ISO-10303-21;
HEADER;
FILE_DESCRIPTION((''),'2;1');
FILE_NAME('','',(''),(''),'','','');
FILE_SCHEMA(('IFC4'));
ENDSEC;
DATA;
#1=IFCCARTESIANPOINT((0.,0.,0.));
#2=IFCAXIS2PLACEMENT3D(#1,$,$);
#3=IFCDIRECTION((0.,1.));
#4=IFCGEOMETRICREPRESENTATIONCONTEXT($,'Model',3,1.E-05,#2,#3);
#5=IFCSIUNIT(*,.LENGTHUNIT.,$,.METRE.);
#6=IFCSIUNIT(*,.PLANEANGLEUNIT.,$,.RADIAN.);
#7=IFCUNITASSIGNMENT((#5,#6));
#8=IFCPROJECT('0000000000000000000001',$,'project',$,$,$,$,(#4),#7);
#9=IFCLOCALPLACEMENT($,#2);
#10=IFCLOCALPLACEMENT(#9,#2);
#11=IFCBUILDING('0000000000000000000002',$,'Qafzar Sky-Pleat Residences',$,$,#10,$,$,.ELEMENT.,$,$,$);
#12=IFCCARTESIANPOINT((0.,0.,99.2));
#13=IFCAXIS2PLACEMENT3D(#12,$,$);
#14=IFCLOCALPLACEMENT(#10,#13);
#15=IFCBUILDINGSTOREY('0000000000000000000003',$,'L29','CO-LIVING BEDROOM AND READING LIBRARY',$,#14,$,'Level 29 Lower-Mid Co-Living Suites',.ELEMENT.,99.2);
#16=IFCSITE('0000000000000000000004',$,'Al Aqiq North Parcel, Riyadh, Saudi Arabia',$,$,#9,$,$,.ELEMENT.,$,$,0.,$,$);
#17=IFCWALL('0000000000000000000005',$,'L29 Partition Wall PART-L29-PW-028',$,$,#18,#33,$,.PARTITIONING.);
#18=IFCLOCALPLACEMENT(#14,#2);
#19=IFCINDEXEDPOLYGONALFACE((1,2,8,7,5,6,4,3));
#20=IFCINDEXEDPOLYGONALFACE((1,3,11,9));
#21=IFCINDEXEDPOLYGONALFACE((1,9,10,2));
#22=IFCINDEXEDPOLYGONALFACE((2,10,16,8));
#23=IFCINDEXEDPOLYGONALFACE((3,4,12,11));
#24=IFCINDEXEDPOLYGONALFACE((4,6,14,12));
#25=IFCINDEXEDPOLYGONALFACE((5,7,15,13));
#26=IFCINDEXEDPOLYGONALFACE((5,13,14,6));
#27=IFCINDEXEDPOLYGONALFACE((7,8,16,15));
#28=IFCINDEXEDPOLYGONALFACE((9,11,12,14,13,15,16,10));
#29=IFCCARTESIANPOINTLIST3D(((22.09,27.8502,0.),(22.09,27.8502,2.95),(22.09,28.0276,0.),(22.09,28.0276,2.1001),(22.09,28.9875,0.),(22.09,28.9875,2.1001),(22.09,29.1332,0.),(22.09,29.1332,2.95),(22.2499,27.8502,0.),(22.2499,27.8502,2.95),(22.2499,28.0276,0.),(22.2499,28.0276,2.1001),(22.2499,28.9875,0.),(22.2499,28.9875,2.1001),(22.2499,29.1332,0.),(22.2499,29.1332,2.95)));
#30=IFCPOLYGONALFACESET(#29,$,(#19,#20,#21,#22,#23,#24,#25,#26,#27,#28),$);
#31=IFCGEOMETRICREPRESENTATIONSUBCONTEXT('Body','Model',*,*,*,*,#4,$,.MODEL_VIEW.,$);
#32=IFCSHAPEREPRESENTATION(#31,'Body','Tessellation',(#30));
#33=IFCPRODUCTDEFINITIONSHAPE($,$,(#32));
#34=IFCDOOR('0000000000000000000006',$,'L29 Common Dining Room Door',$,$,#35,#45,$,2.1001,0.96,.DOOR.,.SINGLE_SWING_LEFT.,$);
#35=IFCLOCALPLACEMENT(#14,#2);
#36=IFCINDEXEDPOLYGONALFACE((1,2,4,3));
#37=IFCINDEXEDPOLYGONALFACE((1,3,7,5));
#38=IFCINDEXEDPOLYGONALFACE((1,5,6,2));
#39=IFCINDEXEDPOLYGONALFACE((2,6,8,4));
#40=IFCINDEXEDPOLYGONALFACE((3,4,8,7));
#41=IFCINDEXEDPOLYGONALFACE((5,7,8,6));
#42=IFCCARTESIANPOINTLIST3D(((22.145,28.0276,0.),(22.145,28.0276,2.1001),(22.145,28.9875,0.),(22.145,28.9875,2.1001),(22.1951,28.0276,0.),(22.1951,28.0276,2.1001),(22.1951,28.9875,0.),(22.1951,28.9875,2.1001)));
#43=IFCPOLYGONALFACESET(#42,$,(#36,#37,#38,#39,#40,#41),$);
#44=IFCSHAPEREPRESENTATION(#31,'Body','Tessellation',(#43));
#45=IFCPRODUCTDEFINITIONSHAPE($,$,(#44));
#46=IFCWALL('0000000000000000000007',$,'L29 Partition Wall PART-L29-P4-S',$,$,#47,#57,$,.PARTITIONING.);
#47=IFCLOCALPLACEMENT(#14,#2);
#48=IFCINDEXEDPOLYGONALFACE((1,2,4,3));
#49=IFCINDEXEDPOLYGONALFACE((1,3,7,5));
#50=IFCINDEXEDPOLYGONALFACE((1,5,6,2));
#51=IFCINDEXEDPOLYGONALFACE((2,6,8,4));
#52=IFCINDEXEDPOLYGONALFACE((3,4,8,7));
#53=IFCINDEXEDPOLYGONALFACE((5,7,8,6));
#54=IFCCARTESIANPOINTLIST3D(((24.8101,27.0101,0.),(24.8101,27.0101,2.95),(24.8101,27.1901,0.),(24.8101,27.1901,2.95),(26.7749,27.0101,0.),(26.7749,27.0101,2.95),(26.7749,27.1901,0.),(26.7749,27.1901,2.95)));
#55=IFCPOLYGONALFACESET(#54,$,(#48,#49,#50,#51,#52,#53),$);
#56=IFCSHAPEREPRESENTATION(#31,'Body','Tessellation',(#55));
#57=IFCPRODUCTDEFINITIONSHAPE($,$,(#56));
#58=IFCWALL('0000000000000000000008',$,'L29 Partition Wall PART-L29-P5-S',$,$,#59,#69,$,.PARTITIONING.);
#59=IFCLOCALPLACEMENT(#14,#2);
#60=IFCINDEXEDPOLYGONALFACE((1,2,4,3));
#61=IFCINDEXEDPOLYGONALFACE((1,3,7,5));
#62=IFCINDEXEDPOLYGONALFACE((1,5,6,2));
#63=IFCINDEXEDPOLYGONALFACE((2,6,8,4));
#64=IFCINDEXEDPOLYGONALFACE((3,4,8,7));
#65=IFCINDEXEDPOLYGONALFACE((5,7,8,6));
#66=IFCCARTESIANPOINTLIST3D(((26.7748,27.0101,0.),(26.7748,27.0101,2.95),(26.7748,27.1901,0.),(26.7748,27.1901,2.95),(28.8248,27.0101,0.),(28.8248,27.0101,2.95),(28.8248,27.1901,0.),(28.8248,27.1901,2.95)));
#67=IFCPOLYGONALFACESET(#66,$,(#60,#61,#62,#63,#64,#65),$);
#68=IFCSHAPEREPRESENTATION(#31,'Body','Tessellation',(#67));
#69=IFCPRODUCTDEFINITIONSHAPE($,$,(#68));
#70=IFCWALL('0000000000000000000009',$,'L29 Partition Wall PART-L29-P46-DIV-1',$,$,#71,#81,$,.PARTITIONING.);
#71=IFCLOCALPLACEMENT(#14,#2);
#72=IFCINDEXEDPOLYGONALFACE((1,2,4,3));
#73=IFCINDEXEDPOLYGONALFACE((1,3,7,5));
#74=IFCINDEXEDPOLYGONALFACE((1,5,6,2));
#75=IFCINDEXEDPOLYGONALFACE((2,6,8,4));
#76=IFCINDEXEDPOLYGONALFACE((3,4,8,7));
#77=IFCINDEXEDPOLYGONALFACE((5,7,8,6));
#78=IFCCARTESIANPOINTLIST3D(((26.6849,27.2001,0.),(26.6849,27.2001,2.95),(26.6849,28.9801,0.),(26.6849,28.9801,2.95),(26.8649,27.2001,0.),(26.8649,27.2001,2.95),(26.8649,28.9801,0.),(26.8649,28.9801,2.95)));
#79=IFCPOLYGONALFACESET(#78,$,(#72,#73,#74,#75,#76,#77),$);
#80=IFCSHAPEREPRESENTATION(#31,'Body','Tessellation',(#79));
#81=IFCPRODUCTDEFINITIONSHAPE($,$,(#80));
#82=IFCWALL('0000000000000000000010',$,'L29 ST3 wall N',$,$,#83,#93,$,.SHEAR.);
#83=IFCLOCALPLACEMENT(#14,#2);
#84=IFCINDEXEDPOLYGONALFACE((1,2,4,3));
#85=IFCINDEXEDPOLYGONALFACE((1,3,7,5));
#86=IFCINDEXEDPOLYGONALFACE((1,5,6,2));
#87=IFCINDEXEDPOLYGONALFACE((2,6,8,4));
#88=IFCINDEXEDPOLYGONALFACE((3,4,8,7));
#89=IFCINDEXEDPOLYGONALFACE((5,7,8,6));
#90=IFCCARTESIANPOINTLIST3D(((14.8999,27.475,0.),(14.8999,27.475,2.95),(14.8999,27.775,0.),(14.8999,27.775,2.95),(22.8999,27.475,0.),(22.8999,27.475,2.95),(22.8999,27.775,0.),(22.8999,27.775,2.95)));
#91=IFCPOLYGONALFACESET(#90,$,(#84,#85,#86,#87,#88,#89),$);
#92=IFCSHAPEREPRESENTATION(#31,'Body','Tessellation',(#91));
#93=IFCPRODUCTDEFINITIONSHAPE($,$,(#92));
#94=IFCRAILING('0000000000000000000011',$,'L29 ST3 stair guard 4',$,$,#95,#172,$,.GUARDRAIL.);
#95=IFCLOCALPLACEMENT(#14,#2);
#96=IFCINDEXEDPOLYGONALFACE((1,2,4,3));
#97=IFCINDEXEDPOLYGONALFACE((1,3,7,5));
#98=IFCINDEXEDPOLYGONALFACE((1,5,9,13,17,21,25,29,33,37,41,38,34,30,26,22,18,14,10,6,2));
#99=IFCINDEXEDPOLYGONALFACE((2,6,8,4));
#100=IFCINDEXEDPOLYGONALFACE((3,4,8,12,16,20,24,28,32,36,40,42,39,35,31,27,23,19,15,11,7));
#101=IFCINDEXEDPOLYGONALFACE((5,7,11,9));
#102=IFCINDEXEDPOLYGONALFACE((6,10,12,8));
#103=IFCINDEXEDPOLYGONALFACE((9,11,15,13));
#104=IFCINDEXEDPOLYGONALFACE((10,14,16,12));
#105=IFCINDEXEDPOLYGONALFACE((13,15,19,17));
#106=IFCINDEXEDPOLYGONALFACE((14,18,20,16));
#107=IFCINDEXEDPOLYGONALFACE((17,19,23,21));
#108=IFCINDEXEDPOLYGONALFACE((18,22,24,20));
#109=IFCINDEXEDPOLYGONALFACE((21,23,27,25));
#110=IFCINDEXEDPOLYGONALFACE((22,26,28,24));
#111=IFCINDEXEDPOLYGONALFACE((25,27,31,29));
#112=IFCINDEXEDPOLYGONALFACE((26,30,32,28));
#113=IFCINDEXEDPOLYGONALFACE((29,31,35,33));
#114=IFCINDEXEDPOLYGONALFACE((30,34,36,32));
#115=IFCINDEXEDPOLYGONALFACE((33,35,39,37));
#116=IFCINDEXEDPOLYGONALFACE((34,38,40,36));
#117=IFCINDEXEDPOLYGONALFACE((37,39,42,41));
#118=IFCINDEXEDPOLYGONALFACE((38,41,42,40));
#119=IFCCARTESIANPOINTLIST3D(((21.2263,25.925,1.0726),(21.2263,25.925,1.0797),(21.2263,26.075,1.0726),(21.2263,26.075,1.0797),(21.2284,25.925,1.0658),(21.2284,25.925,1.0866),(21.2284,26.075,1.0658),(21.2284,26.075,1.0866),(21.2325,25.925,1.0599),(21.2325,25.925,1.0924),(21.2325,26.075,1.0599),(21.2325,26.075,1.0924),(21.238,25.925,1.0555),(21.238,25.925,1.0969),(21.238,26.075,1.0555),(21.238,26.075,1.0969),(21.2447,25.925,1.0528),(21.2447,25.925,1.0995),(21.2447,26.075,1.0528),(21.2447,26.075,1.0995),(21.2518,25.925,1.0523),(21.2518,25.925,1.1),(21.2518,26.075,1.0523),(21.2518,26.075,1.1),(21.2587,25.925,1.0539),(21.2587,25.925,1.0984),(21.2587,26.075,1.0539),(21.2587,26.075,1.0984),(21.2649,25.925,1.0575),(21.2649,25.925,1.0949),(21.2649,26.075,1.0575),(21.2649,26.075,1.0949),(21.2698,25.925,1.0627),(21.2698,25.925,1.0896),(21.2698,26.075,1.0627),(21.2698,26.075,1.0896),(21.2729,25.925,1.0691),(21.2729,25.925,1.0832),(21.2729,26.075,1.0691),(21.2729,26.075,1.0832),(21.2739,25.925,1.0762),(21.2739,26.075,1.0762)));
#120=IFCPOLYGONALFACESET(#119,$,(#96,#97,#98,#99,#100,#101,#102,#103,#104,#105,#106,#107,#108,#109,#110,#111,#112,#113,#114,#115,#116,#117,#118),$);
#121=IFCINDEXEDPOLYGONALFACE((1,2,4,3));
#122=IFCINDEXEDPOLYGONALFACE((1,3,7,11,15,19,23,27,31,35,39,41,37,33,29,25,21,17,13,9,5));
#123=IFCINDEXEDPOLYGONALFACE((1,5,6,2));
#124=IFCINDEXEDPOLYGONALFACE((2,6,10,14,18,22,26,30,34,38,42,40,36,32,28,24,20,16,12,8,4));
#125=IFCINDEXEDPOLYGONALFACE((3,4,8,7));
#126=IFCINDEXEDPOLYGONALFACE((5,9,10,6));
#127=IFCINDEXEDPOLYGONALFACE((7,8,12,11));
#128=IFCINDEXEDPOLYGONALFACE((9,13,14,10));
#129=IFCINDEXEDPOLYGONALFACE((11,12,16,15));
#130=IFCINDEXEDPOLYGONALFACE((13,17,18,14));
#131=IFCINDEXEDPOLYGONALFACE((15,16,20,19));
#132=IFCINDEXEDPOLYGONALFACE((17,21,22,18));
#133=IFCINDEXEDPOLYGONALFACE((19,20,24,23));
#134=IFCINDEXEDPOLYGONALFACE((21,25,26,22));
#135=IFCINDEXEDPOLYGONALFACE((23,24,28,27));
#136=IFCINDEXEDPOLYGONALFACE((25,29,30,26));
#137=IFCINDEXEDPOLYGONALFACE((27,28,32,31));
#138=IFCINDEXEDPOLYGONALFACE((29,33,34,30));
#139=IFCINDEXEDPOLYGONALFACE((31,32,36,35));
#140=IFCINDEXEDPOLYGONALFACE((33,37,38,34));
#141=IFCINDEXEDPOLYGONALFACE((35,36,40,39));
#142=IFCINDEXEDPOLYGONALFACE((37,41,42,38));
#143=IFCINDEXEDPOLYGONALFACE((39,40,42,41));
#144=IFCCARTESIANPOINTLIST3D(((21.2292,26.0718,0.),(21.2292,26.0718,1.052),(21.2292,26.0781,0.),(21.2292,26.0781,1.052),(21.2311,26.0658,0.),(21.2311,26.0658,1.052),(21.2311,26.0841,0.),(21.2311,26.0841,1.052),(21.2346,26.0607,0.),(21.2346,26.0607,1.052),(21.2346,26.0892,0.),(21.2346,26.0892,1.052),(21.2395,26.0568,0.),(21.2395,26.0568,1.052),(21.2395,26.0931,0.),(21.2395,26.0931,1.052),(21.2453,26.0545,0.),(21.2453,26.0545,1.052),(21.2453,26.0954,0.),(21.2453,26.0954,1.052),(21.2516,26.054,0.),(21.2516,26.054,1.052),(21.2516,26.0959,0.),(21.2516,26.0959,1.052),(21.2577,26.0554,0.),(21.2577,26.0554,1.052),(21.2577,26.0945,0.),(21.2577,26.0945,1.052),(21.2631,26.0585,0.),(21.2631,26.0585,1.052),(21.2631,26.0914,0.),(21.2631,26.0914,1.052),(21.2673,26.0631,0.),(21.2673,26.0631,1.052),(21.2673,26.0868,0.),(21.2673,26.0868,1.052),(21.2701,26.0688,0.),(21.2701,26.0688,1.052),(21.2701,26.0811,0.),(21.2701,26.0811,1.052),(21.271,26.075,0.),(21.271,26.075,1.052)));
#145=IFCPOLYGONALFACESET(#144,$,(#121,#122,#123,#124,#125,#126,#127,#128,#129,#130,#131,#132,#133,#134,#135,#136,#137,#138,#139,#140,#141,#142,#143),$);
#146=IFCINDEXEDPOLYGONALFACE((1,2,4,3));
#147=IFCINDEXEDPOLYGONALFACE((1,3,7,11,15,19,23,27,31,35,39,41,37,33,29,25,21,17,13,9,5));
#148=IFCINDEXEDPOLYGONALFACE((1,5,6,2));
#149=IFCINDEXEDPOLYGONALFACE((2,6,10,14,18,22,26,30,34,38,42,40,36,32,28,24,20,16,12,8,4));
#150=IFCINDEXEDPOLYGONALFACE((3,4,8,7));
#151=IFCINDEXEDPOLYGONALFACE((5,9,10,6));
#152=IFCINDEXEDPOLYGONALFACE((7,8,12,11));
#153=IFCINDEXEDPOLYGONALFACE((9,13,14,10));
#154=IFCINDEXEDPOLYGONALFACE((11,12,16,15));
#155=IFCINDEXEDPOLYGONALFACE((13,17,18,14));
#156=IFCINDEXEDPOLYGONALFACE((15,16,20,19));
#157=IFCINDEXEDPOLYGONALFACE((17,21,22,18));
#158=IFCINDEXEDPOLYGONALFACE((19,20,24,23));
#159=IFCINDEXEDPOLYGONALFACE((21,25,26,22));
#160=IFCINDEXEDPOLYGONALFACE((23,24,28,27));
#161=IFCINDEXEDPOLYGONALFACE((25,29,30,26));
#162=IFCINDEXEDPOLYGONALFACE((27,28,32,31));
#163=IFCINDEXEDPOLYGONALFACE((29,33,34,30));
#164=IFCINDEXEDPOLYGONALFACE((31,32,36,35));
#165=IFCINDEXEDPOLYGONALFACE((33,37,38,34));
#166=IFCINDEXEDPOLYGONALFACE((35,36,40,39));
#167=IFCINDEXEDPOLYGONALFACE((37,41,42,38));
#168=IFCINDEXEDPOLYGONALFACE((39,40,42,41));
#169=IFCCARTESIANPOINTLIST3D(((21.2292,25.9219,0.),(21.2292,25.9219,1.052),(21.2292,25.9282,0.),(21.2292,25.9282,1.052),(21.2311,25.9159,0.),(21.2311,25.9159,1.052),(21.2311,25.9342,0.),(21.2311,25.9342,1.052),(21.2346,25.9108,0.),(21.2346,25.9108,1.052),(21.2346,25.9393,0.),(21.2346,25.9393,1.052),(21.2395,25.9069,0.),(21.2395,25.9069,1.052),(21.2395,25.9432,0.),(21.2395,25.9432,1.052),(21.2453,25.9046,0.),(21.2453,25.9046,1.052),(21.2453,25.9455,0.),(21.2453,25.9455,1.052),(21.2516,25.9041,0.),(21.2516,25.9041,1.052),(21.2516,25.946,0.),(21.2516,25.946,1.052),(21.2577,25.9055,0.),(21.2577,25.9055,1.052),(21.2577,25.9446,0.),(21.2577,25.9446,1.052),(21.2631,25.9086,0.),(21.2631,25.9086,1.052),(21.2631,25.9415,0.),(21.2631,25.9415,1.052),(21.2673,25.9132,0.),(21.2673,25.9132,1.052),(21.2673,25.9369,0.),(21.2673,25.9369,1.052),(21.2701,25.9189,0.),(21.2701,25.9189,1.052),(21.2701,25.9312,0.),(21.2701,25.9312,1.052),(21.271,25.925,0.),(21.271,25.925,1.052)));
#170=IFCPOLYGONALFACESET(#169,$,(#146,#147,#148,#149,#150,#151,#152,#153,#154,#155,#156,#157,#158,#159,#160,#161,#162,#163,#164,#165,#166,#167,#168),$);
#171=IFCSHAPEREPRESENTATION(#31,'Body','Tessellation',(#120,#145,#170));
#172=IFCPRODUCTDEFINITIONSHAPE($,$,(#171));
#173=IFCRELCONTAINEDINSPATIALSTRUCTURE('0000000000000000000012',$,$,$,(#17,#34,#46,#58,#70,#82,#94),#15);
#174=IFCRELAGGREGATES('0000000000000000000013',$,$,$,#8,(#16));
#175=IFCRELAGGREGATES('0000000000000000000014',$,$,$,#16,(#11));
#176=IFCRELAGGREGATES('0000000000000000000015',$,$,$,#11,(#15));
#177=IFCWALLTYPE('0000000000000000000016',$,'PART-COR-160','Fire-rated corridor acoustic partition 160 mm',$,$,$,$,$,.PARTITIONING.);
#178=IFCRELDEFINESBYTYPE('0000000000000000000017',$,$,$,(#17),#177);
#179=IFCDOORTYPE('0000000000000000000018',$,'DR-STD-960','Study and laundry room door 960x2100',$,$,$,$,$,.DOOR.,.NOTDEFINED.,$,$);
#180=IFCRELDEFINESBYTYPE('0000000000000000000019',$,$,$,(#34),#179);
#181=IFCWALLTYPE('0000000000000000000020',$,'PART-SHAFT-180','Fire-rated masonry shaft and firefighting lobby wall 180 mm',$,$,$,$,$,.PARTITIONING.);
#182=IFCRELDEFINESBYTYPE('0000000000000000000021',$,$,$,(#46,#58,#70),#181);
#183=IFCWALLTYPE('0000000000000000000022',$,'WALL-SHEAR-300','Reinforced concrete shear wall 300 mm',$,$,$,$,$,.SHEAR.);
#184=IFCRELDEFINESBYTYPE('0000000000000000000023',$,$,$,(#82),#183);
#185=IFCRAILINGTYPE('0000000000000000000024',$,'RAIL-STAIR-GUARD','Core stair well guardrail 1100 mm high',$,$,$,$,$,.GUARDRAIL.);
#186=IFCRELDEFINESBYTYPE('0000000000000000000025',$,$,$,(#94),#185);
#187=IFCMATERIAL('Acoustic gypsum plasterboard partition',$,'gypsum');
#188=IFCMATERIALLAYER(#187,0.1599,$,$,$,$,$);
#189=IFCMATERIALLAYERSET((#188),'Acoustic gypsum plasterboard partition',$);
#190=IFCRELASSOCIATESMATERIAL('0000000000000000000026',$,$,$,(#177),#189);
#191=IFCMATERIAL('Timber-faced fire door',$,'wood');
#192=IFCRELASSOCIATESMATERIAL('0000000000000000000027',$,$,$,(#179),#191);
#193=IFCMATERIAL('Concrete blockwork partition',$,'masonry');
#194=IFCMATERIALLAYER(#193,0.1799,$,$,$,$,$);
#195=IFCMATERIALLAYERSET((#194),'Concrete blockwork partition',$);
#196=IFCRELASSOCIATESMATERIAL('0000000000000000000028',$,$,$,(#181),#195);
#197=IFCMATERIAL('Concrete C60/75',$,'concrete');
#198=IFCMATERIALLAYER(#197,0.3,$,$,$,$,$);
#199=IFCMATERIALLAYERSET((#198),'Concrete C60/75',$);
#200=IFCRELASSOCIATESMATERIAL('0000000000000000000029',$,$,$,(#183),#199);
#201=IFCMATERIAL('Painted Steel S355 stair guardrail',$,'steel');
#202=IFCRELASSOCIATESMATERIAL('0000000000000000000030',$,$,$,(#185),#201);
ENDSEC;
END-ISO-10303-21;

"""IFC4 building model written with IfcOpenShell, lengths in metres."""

from ifc_helpers import new_model, si_unit, direction, frame, frame_2d, origin, origin_2d, place, context, subcontext, project, spatial, rectangle, circle, extrude, source, transform, mapped, material, layer, layer_set, type_object, element, fill, save


model = new_model("IFC4")

# Units and contexts
model_context = context("Model", 3, precision=1e-05, world=origin(), true_north=direction((0.0, 1.0)))
body_context = subcontext(model_context, "Body", "Model", "MODEL_VIEW")
ifc_project = project(units=[si_unit("LENGTHUNIT", "METRE"), si_unit("PLANEANGLEUNIT", "RADIAN")], contexts=[model_context])

# Site, building, storey
site_placement = place(None, origin())
site = spatial("IfcSite", under=ifc_project, at=site_placement, Name="Al Aqiq North Parcel, Riyadh, Saudi Arabia", CompositionType="ELEMENT", RefElevation=0.0)
building_placement = place(site_placement, origin())
building = spatial("IfcBuilding", under=site, at=building_placement, Name="Qafzar Sky-Pleat Residences", CompositionType="ELEMENT")
storey_placement = place(building_placement, frame((0.0, 0.0, 99.2)))
storey = spatial("IfcBuildingStorey", under=building, at=storey_placement, Name="L29", Description="CO-LIVING BEDROOM AND READING LIBRARY", LongName="Level 29 Lower-Mid Co-Living Suites", CompositionType="ELEMENT", Elevation=99.2)

# Wall, opening, door
ifc_material_1 = material(Name="Acoustic gypsum plasterboard partition", Category="gypsum")
ifc_layer_1 = layer(ifc_material_1, 0.1599)
ifc_layer_set_1 = layer_set([ifc_layer_1], Name="Acoustic gypsum plasterboard partition")
wall_type_1 = type_object("IfcWallType", Name="PART-COR-160", Description="Fire-rated corridor acoustic partition 160 mm", PredefinedType="PARTITIONING", material=ifc_layer_set_1)
wall_1_placement = place(storey_placement, frame((22.1699, 27.8501, 0.0), z_axis=(0.0, 0.0, 1.0), x_axis=(0.0, 1.0, 0.0)))
wall_1 = element("IfcWall", 1, at=wall_1_placement, inside=storey, type_object=wall_type_1, Name="L29 Partition Wall PART-L29-PW-028", PredefinedType="PARTITIONING", context=body_context, shape_type="SweptSolid", body=[
    extrude(rectangle(XDim=1.283, YDim=0.1599, at=frame_2d((0.6416, 0.0))), origin(), (0.0, 0.0, 1.0), 2.95),
])
opening_1_placement = place(wall_1_placement, frame((0.1775, 0.0, 0.0)))
opening_1 = element("IfcOpeningElement", 2, at=opening_1_placement, cuts=wall_1, PredefinedType="OPENING", context=body_context, shape_type="SweptSolid", body=[
    extrude(rectangle(XDim=0.96, YDim=2.1001, at=frame_2d((0.48, 1.05))), frame((0.0, 0.0898, 0.0), z_axis=(0.0, -1.0, 0.0), x_axis=(1.0, 0.0, 0.0)), (0.0, 0.0, 1.0), 0.1799),
])
ifc_material_2 = material(Name="Timber-faced fire door", Category="wood")
door_type_1 = type_object("IfcDoorType", Name="DR-STD-960", Description="Study and laundry room door 960x2100", OperationType="NOTDEFINED", PredefinedType="DOOR", material=ifc_material_2)
shared_shape_1 = source(origin(), body_context, "Body", "SweptSolid", [
    extrude(rectangle(XDim=0.96, YDim=2.1001, at=frame_2d((0.48, 1.05))), frame((0.0, 0.0249, 0.0), z_axis=(0.0, -1.0, 0.0), x_axis=(1.0, 0.0, 0.0)), (0.0, 0.0, 1.0), 0.05),
])
door_1_placement = place(opening_1_placement, origin())
door_1 = element("IfcDoor", 3, at=door_1_placement, inside=storey, type_object=door_type_1, Name="L29 Common Dining Room Door", OperationType="SINGLE_SWING_LEFT", OverallHeight=2.1001, OverallWidth=0.96, PredefinedType="DOOR", context=body_context, shape_type="MappedRepresentation", body=[
    mapped(shared_shape_1, transform((0.0, 0.0, 0.0), x_axis=(1.0, 0.0, 0.0), y_axis=(0.0, 1.0, 0.0), z_axis=(0.0, 0.0, 1.0), scale=1.0)),
])
fill(opening_1, door_1)
ifc_material_3 = material(Name="Concrete blockwork partition", Category="masonry")
ifc_layer_2 = layer(ifc_material_3, 0.1799)
ifc_layer_set_2 = layer_set([ifc_layer_2], Name="Concrete blockwork partition")
wall_type_2 = type_object("IfcWallType", Name="PART-SHAFT-180", Description="Fire-rated masonry shaft and firefighting lobby wall 180 mm", PredefinedType="PARTITIONING", material=ifc_layer_set_2)

# Walls
wall_2_placement = place(storey_placement, frame((24.8101, 27.1001, 0.0), z_axis=(0.0, 0.0, 1.0), x_axis=(1.0, 0.0, 0.0)))
element("IfcWall", 4, at=wall_2_placement, inside=storey, type_object=wall_type_2, Name="L29 Partition Wall PART-L29-P4-S", PredefinedType="PARTITIONING", context=body_context, shape_type="SweptSolid", body=[
    extrude(rectangle(XDim=1.9648, YDim=0.1799, at=frame_2d((0.9824, 0.0))), origin(), (0.0, 0.0, 1.0), 2.95),
])
wall_3_placement = place(storey_placement, frame((26.7749, 27.1001, 0.0), z_axis=(0.0, 0.0, 1.0), x_axis=(1.0, 0.0, 0.0)))
element("IfcWall", 5, at=wall_3_placement, inside=storey, type_object=wall_type_2, Name="L29 Partition Wall PART-L29-P5-S", PredefinedType="PARTITIONING", context=body_context, shape_type="SweptSolid", body=[
    extrude(rectangle(XDim=2.05, YDim=0.1799, at=frame_2d((1.0249, 0.0))), origin(), (0.0, 0.0, 1.0), 2.95),
])
wall_4_placement = place(storey_placement, frame((26.7749, 27.2, 0.0), z_axis=(0.0, 0.0, 1.0), x_axis=(0.0, 1.0, 0.0)))
element("IfcWall", 6, at=wall_4_placement, inside=storey, type_object=wall_type_2, Name="L29 Partition Wall PART-L29-P46-DIV-1", PredefinedType="PARTITIONING", context=body_context, shape_type="SweptSolid", body=[
    extrude(rectangle(XDim=1.78, YDim=0.1799, at=frame_2d((0.8901, 0.0))), origin(), (0.0, 0.0, 1.0), 2.95),
])
ifc_material_4 = material(Name="Concrete C60/75", Category="concrete")
ifc_layer_3 = layer(ifc_material_4, 0.3)
ifc_layer_set_3 = layer_set([ifc_layer_3], Name="Concrete C60/75")
wall_type_3 = type_object("IfcWallType", Name="WALL-SHEAR-300", Description="Reinforced concrete shear wall 300 mm", PredefinedType="SHEAR", material=ifc_layer_set_3)
wall_5_placement = place(storey_placement, frame((22.8999, 27.625, 0.0), z_axis=(0.0, 0.0, 1.0), x_axis=(-1.0, 0.0, 0.0)))
element("IfcWall", 7, at=wall_5_placement, inside=storey, type_object=wall_type_3, Name="L29 ST3 wall N", PredefinedType="SHEAR", context=body_context, shape_type="SweptSolid", body=[
    extrude(rectangle(XDim=8.0, YDim=0.3, at=frame_2d((4.0, 0.0))), origin(), (0.0, 0.0, 1.0), 2.95),
])

# Railing
ifc_material_5 = material(Name="Painted Steel S355 stair guardrail", Category="steel")
railing_type = type_object("IfcRailingType", Name="RAIL-STAIR-GUARD", Description="Core stair well guardrail 1100 mm high", PredefinedType="GUARDRAIL", material=ifc_material_5)
shared_shape_2 = source(origin(), body_context, "Body", "SweptSolid", [
    extrude(circle(Radius=0.0239, at=origin_2d()), frame((0.0, 0.0, 1.0762), z_axis=(0.0, -1.0, 0.0), x_axis=(1.0, 0.0, 0.0)), (0.0, 0.0, 1.0), 0.1499),
    extrude(circle(Radius=0.021, at=origin_2d()), origin(), (0.0, 0.0, 1.0), 1.052),
    extrude(circle(Radius=0.021, at=origin_2d()), frame((0.0, -0.1499, 0.0)), (0.0, 0.0, 1.0), 1.052),
])
railing_placement = place(storey_placement, frame((21.25, 26.075, 0.0)))
element("IfcRailing", 8, at=railing_placement, inside=storey, type_object=railing_type, Name="L29 ST3 stair guard 4", PredefinedType="GUARDRAIL", context=body_context, shape_type="MappedRepresentation", body=[
    mapped(shared_shape_2, transform((0.0, 0.0, 0.0), x_axis=(1.0, 0.0, 0.0), y_axis=(0.0, 1.0, 0.0), z_axis=(0.0, 0.0, 1.0), scale=1.0)),
])

save(model, "model.ifc")
